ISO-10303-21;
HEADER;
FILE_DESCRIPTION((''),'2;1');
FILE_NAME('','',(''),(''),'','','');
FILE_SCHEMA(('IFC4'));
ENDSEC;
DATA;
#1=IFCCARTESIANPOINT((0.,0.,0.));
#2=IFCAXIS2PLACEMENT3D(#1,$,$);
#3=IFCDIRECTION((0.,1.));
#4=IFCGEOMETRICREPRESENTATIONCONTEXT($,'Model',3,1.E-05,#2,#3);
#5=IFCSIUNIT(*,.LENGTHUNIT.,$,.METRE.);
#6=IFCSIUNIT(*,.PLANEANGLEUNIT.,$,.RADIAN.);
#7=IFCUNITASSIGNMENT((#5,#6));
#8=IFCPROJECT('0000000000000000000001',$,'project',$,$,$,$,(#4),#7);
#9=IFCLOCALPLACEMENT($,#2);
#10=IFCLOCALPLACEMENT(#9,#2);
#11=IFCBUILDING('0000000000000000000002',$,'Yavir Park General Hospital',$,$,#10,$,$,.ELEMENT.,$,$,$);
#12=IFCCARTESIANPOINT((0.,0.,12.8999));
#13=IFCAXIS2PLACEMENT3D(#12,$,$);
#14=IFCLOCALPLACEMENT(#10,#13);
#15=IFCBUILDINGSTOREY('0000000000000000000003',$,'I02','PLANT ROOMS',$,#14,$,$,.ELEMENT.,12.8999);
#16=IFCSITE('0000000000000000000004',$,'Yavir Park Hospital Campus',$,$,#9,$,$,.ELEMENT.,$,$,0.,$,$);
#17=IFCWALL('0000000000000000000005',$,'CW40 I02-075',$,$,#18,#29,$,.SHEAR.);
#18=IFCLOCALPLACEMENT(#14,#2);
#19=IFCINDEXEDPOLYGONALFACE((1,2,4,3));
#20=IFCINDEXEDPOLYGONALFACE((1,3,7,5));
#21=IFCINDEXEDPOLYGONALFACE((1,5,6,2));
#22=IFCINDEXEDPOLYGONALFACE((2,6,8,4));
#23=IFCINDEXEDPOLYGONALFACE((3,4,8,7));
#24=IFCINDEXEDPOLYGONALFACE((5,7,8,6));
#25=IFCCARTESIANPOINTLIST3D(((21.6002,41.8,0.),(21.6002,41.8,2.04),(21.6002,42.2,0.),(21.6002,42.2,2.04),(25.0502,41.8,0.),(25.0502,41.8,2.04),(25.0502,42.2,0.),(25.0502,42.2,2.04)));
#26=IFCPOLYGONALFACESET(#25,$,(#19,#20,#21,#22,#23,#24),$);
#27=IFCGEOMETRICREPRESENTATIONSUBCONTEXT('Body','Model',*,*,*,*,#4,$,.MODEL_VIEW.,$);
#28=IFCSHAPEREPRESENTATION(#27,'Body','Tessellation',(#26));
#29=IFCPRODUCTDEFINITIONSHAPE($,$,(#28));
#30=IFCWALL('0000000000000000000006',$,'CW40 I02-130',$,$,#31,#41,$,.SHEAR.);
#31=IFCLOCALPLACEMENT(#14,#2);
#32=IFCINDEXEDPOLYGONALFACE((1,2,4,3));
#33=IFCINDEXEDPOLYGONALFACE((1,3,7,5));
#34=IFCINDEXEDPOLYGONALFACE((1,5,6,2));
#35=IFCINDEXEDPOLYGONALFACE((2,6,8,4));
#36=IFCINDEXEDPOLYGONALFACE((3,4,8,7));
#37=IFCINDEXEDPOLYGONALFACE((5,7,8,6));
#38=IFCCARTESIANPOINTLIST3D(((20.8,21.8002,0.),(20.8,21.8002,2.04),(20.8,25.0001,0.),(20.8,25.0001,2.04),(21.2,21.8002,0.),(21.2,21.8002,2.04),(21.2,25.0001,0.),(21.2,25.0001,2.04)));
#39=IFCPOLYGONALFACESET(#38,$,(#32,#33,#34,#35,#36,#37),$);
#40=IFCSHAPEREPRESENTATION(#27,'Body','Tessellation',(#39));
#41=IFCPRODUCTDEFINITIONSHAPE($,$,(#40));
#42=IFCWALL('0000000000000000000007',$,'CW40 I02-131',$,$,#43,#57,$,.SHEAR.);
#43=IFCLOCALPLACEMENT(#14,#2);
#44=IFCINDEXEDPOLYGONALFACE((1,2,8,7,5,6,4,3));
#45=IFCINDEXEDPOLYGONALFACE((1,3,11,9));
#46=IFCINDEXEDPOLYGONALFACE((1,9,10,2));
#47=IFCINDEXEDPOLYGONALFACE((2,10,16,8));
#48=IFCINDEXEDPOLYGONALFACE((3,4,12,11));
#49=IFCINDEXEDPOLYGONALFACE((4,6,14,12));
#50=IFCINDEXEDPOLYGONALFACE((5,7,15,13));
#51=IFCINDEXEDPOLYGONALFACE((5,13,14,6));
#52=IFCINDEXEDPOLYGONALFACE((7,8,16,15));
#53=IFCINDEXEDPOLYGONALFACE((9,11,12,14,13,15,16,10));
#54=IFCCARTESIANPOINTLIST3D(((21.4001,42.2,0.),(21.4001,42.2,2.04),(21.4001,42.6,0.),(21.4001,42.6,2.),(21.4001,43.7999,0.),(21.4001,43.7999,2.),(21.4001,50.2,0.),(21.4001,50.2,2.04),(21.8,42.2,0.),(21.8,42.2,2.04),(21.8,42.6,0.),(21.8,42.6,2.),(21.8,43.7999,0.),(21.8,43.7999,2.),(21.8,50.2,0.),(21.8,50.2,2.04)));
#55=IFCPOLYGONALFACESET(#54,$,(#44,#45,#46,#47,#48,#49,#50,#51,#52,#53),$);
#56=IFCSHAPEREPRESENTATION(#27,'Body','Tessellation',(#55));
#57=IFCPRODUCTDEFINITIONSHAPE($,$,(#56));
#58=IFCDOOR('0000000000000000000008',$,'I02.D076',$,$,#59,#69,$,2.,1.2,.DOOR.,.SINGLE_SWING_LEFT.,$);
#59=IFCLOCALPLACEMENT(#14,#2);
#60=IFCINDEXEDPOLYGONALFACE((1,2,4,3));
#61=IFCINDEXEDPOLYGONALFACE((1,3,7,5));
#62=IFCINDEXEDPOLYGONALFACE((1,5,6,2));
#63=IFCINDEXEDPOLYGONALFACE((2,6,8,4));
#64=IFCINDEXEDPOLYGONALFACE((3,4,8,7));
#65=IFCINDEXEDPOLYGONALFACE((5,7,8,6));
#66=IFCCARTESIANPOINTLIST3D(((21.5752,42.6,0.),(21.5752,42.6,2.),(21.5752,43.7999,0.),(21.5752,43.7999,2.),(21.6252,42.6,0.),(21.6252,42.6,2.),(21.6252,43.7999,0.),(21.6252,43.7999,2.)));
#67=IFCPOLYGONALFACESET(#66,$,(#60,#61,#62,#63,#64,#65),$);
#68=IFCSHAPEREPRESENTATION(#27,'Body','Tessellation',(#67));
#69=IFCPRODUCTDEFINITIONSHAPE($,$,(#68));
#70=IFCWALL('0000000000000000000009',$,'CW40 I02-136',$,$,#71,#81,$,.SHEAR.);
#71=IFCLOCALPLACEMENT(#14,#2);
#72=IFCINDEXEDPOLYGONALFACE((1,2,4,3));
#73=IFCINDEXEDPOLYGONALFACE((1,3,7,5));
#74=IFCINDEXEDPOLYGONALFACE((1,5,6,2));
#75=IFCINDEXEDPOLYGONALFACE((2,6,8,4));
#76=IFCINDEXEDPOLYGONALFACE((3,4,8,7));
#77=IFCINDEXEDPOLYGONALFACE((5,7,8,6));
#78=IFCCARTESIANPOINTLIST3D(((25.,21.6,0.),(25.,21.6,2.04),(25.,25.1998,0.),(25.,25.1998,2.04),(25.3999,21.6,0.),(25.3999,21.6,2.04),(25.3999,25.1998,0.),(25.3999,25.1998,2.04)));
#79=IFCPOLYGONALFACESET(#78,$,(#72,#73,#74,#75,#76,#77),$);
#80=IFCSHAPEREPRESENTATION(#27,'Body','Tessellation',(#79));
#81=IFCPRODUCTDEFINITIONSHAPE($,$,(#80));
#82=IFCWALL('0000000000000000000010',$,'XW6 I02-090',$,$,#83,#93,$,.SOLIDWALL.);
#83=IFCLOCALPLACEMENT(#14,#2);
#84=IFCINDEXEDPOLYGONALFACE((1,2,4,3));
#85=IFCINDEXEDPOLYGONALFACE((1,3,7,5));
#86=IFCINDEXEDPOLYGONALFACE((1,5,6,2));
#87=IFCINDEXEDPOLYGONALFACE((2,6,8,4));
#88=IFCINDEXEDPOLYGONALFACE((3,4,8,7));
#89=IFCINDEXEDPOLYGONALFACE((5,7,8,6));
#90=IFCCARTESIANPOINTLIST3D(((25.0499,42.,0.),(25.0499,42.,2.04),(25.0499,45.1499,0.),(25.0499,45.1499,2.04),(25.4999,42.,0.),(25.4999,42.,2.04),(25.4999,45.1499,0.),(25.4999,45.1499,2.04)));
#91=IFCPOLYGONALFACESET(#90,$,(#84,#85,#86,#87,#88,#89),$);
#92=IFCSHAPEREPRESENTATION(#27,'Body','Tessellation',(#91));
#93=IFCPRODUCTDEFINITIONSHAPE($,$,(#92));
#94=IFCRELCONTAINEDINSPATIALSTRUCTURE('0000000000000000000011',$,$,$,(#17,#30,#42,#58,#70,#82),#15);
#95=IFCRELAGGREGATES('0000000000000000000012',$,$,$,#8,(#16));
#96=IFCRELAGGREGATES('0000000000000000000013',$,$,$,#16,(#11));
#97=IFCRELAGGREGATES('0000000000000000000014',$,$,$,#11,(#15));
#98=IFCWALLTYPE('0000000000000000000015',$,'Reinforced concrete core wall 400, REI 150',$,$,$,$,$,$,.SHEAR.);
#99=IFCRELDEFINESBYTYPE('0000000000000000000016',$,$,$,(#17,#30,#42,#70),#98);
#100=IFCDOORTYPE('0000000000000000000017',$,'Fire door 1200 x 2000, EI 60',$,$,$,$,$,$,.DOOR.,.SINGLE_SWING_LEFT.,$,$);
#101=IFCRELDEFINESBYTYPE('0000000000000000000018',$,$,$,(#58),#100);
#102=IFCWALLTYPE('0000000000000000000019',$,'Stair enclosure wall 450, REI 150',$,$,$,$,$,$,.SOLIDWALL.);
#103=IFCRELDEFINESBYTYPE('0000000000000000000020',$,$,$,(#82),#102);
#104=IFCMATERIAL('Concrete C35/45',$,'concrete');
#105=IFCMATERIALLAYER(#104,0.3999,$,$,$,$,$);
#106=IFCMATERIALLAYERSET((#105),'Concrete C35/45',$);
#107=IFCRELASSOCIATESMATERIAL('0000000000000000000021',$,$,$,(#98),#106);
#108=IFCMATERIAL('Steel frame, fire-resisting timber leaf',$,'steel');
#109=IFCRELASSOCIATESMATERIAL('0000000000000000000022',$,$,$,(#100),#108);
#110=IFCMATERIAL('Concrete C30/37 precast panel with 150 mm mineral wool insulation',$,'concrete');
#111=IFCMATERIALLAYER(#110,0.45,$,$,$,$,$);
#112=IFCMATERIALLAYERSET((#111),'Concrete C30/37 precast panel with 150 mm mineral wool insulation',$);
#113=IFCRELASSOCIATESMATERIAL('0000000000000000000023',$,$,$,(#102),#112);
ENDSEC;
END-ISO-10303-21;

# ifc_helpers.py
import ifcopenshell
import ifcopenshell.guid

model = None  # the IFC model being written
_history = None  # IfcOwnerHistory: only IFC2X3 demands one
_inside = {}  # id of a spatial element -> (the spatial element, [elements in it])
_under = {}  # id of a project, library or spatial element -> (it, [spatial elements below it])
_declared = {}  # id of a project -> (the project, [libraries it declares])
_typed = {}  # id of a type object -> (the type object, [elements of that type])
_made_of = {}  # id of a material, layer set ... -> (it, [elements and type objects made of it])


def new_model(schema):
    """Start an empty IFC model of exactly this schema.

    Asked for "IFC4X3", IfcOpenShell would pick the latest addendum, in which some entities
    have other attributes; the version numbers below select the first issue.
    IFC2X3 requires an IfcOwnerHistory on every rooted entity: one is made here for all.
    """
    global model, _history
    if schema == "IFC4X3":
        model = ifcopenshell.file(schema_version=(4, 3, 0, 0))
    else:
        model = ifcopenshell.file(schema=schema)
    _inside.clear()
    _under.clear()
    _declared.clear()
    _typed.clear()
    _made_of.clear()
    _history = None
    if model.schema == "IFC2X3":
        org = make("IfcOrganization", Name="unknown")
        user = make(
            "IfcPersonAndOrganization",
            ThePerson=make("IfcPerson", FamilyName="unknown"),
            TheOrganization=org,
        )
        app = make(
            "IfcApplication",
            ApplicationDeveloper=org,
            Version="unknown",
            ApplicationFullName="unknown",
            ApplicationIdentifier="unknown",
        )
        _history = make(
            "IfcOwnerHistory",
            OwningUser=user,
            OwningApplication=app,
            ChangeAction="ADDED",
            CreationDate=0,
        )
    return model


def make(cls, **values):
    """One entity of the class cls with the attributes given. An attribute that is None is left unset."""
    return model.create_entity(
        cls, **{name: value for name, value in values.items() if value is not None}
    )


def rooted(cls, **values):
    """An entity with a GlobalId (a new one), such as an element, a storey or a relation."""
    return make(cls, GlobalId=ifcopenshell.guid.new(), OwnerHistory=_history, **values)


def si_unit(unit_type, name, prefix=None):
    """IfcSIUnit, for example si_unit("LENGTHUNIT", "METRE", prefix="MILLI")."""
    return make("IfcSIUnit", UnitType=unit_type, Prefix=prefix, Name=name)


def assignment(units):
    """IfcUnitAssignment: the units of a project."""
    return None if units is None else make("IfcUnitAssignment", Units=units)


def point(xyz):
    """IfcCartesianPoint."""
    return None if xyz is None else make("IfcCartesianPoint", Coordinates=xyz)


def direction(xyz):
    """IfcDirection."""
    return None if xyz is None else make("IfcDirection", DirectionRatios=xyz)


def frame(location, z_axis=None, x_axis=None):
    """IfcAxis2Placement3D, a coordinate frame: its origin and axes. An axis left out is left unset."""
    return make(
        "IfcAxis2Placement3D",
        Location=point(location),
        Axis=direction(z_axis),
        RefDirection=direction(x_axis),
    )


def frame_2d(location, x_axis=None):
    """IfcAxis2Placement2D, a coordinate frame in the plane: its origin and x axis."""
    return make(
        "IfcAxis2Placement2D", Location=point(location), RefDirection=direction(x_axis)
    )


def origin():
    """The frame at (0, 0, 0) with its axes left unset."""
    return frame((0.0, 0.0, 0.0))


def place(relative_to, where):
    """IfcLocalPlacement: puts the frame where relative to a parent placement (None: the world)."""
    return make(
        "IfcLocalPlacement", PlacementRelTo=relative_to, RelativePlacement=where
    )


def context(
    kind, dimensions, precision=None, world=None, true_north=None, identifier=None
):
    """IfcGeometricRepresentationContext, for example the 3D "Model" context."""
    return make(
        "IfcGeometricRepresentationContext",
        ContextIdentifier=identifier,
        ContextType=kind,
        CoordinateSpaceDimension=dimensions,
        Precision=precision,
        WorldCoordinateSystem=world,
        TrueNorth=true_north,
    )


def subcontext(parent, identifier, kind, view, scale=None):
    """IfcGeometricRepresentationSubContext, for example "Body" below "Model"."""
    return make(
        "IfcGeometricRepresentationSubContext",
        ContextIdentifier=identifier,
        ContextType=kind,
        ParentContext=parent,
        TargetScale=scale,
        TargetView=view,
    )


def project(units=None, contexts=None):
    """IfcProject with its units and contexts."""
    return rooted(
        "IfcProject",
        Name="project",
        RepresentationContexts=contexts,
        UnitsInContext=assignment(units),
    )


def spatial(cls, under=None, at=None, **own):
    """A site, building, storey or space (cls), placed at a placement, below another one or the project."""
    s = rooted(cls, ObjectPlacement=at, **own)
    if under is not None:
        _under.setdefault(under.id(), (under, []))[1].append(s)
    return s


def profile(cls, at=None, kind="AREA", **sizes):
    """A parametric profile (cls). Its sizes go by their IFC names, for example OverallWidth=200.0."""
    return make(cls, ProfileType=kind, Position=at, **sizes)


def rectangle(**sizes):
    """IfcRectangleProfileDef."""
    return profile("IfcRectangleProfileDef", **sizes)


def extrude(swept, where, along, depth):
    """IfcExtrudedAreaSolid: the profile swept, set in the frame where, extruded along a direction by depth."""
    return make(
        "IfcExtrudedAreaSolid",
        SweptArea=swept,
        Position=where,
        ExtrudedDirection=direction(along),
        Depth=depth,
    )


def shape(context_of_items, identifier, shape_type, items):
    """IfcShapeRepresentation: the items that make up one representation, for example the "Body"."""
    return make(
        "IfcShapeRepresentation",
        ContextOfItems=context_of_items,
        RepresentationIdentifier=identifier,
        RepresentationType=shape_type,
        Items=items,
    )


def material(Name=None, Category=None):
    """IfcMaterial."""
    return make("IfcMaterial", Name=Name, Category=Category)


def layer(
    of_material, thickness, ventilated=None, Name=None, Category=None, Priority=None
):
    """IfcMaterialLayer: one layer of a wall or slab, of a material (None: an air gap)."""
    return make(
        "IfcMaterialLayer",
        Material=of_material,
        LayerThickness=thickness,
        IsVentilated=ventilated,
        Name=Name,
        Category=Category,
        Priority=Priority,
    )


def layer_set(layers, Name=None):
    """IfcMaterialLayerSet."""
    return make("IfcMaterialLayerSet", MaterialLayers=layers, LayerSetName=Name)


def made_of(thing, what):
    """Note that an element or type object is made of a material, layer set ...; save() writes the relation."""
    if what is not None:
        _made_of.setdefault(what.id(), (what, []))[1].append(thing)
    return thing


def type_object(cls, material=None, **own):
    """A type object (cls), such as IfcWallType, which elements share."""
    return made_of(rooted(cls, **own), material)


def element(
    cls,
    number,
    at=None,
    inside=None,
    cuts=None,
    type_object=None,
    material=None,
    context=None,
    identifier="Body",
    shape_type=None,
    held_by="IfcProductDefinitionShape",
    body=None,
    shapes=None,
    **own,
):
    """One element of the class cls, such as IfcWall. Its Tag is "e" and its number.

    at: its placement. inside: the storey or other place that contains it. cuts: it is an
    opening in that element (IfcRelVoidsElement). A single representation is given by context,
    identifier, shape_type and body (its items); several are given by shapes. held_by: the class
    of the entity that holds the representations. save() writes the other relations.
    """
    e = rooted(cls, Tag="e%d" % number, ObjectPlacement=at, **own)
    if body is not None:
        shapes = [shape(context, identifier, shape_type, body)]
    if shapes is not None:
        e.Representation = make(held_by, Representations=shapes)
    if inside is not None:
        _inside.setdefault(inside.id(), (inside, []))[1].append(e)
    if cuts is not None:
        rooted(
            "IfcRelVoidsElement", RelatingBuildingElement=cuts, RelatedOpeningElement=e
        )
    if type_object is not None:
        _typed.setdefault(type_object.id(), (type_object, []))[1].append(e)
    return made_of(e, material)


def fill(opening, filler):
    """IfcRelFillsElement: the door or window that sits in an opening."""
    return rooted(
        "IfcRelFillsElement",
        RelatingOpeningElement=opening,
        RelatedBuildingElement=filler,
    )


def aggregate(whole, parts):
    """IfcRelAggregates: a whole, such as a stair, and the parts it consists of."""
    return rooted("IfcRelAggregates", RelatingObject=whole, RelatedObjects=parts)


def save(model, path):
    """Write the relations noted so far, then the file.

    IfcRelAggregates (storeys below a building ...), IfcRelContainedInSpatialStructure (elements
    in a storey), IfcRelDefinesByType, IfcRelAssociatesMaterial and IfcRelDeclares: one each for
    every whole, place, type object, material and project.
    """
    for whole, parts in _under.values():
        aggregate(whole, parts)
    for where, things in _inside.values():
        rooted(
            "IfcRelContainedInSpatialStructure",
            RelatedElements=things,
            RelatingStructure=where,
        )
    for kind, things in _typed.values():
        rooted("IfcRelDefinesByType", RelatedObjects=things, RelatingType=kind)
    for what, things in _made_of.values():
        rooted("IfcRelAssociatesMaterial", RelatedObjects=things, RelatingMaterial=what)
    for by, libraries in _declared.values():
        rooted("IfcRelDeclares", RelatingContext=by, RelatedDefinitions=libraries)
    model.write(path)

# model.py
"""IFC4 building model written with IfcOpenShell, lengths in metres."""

from ifc_helpers import new_model, si_unit, direction, frame, frame_2d, origin, place, context, subcontext, project, spatial, rectangle, extrude, material, layer, layer_set, type_object, element, fill, save


model = new_model("IFC4")

# Units and contexts
model_context = context("Model", 3, precision=1e-05, world=origin(), true_north=direction((0.0, 1.0)))
body_context = subcontext(model_context, "Body", "Model", "MODEL_VIEW")
ifc_project = project(units=[si_unit("LENGTHUNIT", "METRE"), si_unit("PLANEANGLEUNIT", "RADIAN")], contexts=[model_context])

# Site, building, storey
site_placement = place(None, origin())
site = spatial("IfcSite", under=ifc_project, at=site_placement, Name="Yavir Park Hospital Campus", CompositionType="ELEMENT", RefElevation=0.0)
building_placement = place(site_placement, origin())
building = spatial("IfcBuilding", under=site, at=building_placement, Name="Yavir Park General Hospital", CompositionType="ELEMENT")
storey_placement = place(building_placement, frame((0.0, 0.0, 12.8999)))
storey = spatial("IfcBuildingStorey", under=building, at=storey_placement, Name="I02", Description="PLANT ROOMS", CompositionType="ELEMENT", Elevation=12.8999)

# Shared definitions
ifc_material_1 = material(Name="Concrete C35/45", Category="concrete")
ifc_layer_1 = layer(ifc_material_1, 0.3999)
ifc_layer_set_1 = layer_set([ifc_layer_1], Name="Concrete C35/45")
wall_type_1 = type_object("IfcWallType", Name="Reinforced concrete core wall 400, REI 150", PredefinedType="SHEAR", material=ifc_layer_set_1)

# Walls
wall_1_placement = place(storey_placement, frame((21.6001, 42.0, 0.0), z_axis=(0.0, 0.0, 1.0), x_axis=(1.0, 0.0, 0.0)))
element("IfcWall", 1, at=wall_1_placement, inside=storey, type_object=wall_type_1, Name="CW40 I02-075", PredefinedType="SHEAR", context=body_context, shape_type="SweptSolid", body=[
    extrude(rectangle(XDim=3.45, YDim=0.3999, at=frame_2d((1.7251, 0.0))), origin(), (0.0, 0.0, 1.0), 2.04),
])
wall_2_placement = place(storey_placement, frame((21.0, 21.8, 0.0), z_axis=(0.0, 0.0, 1.0), x_axis=(0.0, 1.0, 0.0)))
element("IfcWall", 2, at=wall_2_placement, inside=storey, type_object=wall_type_1, Name="CW40 I02-130", PredefinedType="SHEAR", context=body_context, shape_type="SweptSolid", body=[
    extrude(rectangle(XDim=3.2, YDim=0.3999, at=frame_2d((1.6001, 0.0))), origin(), (0.0, 0.0, 1.0), 2.04),
])

# Wall, opening, door
wall_3_placement = place(storey_placement, frame((21.6001, 42.2, 0.0), z_axis=(0.0, 0.0, 1.0), x_axis=(0.0, 1.0, 0.0)))
wall_3 = element("IfcWall", 3, at=wall_3_placement, inside=storey, type_object=wall_type_1, Name="CW40 I02-131", PredefinedType="SHEAR", context=body_context, shape_type="SweptSolid", body=[
    extrude(rectangle(XDim=8.0, YDim=0.3999, at=frame_2d((4.0, 0.0))), origin(), (0.0, 0.0, 1.0), 2.04),
])
opening_1_placement = place(wall_3_placement, frame((0.3999, 0.0, 0.0)))
opening_1 = element("IfcOpeningElement", 4, at=opening_1_placement, cuts=wall_3, PredefinedType="OPENING", context=body_context, shape_type="SweptSolid", body=[
    extrude(rectangle(XDim=1.2, YDim=2.0, at=frame_2d((0.6001, 1.0))), frame((0.0, 0.21, 0.0), z_axis=(0.0, -1.0, 0.0), x_axis=(1.0, 0.0, 0.0)), (0.0, 0.0, 1.0), 0.4199),
])
ifc_material_2 = material(Name="Steel frame, fire-resisting timber leaf", Category="steel")
door_type_1 = type_object("IfcDoorType", Name="Fire door 1200 x 2000, EI 60", OperationType="SINGLE_SWING_LEFT", PredefinedType="DOOR", material=ifc_material_2)
door_1_placement = place(opening_1_placement, origin())
door_1 = element("IfcDoor", 5, at=door_1_placement, inside=storey, type_object=door_type_1, Name="I02.D076", OperationType="SINGLE_SWING_LEFT", OverallHeight=2.0, OverallWidth=1.2, PredefinedType="DOOR", context=body_context, shape_type="SweptSolid", body=[
    extrude(rectangle(XDim=1.2, YDim=2.0, at=frame_2d((0.6001, 1.0))), frame((0.0, 0.0249, 0.0), z_axis=(0.0, -1.0, 0.0), x_axis=(1.0, 0.0, 0.0)), (0.0, 0.0, 1.0), 0.05),
])
fill(opening_1, door_1)

# Walls
wall_4_placement = place(storey_placement, frame((25.2, 21.6001, 0.0), z_axis=(0.0, 0.0, 1.0), x_axis=(0.0, 1.0, 0.0)))
element("IfcWall", 6, at=wall_4_placement, inside=storey, type_object=wall_type_1, Name="CW40 I02-136", PredefinedType="SHEAR", context=body_context, shape_type="SweptSolid", body=[
    extrude(rectangle(XDim=3.5999, YDim=0.3999, at=frame_2d((1.7998, 0.0))), origin(), (0.0, 0.0, 1.0), 2.04),
])
ifc_material_3 = material(Name="Concrete C30/37 precast panel with 150 mm mineral wool insulation", Category="concrete")
ifc_layer_2 = layer(ifc_material_3, 0.45)
ifc_layer_set_2 = layer_set([ifc_layer_2], Name="Concrete C30/37 precast panel with 150 mm mineral wool insulation")
wall_type_2 = type_object("IfcWallType", Name="Stair enclosure wall 450, REI 150", PredefinedType="SOLIDWALL", material=ifc_layer_set_2)
wall_5_placement = place(storey_placement, frame((25.2749, 42.0, 0.0), z_axis=(0.0, 0.0, 1.0), x_axis=(0.0, 1.0, 0.0)))
element("IfcWall", 7, at=wall_5_placement, inside=storey, type_object=wall_type_2, Name="XW6 I02-090", PredefinedType="SOLIDWALL", context=body_context, shape_type="SweptSolid", body=[
    extrude(rectangle(XDim=3.1499, YDim=0.45, at=frame_2d((1.575, 0.0))), origin(), (0.0, 0.0, 1.0), 2.04),
])

save(model, "model.ifc")
